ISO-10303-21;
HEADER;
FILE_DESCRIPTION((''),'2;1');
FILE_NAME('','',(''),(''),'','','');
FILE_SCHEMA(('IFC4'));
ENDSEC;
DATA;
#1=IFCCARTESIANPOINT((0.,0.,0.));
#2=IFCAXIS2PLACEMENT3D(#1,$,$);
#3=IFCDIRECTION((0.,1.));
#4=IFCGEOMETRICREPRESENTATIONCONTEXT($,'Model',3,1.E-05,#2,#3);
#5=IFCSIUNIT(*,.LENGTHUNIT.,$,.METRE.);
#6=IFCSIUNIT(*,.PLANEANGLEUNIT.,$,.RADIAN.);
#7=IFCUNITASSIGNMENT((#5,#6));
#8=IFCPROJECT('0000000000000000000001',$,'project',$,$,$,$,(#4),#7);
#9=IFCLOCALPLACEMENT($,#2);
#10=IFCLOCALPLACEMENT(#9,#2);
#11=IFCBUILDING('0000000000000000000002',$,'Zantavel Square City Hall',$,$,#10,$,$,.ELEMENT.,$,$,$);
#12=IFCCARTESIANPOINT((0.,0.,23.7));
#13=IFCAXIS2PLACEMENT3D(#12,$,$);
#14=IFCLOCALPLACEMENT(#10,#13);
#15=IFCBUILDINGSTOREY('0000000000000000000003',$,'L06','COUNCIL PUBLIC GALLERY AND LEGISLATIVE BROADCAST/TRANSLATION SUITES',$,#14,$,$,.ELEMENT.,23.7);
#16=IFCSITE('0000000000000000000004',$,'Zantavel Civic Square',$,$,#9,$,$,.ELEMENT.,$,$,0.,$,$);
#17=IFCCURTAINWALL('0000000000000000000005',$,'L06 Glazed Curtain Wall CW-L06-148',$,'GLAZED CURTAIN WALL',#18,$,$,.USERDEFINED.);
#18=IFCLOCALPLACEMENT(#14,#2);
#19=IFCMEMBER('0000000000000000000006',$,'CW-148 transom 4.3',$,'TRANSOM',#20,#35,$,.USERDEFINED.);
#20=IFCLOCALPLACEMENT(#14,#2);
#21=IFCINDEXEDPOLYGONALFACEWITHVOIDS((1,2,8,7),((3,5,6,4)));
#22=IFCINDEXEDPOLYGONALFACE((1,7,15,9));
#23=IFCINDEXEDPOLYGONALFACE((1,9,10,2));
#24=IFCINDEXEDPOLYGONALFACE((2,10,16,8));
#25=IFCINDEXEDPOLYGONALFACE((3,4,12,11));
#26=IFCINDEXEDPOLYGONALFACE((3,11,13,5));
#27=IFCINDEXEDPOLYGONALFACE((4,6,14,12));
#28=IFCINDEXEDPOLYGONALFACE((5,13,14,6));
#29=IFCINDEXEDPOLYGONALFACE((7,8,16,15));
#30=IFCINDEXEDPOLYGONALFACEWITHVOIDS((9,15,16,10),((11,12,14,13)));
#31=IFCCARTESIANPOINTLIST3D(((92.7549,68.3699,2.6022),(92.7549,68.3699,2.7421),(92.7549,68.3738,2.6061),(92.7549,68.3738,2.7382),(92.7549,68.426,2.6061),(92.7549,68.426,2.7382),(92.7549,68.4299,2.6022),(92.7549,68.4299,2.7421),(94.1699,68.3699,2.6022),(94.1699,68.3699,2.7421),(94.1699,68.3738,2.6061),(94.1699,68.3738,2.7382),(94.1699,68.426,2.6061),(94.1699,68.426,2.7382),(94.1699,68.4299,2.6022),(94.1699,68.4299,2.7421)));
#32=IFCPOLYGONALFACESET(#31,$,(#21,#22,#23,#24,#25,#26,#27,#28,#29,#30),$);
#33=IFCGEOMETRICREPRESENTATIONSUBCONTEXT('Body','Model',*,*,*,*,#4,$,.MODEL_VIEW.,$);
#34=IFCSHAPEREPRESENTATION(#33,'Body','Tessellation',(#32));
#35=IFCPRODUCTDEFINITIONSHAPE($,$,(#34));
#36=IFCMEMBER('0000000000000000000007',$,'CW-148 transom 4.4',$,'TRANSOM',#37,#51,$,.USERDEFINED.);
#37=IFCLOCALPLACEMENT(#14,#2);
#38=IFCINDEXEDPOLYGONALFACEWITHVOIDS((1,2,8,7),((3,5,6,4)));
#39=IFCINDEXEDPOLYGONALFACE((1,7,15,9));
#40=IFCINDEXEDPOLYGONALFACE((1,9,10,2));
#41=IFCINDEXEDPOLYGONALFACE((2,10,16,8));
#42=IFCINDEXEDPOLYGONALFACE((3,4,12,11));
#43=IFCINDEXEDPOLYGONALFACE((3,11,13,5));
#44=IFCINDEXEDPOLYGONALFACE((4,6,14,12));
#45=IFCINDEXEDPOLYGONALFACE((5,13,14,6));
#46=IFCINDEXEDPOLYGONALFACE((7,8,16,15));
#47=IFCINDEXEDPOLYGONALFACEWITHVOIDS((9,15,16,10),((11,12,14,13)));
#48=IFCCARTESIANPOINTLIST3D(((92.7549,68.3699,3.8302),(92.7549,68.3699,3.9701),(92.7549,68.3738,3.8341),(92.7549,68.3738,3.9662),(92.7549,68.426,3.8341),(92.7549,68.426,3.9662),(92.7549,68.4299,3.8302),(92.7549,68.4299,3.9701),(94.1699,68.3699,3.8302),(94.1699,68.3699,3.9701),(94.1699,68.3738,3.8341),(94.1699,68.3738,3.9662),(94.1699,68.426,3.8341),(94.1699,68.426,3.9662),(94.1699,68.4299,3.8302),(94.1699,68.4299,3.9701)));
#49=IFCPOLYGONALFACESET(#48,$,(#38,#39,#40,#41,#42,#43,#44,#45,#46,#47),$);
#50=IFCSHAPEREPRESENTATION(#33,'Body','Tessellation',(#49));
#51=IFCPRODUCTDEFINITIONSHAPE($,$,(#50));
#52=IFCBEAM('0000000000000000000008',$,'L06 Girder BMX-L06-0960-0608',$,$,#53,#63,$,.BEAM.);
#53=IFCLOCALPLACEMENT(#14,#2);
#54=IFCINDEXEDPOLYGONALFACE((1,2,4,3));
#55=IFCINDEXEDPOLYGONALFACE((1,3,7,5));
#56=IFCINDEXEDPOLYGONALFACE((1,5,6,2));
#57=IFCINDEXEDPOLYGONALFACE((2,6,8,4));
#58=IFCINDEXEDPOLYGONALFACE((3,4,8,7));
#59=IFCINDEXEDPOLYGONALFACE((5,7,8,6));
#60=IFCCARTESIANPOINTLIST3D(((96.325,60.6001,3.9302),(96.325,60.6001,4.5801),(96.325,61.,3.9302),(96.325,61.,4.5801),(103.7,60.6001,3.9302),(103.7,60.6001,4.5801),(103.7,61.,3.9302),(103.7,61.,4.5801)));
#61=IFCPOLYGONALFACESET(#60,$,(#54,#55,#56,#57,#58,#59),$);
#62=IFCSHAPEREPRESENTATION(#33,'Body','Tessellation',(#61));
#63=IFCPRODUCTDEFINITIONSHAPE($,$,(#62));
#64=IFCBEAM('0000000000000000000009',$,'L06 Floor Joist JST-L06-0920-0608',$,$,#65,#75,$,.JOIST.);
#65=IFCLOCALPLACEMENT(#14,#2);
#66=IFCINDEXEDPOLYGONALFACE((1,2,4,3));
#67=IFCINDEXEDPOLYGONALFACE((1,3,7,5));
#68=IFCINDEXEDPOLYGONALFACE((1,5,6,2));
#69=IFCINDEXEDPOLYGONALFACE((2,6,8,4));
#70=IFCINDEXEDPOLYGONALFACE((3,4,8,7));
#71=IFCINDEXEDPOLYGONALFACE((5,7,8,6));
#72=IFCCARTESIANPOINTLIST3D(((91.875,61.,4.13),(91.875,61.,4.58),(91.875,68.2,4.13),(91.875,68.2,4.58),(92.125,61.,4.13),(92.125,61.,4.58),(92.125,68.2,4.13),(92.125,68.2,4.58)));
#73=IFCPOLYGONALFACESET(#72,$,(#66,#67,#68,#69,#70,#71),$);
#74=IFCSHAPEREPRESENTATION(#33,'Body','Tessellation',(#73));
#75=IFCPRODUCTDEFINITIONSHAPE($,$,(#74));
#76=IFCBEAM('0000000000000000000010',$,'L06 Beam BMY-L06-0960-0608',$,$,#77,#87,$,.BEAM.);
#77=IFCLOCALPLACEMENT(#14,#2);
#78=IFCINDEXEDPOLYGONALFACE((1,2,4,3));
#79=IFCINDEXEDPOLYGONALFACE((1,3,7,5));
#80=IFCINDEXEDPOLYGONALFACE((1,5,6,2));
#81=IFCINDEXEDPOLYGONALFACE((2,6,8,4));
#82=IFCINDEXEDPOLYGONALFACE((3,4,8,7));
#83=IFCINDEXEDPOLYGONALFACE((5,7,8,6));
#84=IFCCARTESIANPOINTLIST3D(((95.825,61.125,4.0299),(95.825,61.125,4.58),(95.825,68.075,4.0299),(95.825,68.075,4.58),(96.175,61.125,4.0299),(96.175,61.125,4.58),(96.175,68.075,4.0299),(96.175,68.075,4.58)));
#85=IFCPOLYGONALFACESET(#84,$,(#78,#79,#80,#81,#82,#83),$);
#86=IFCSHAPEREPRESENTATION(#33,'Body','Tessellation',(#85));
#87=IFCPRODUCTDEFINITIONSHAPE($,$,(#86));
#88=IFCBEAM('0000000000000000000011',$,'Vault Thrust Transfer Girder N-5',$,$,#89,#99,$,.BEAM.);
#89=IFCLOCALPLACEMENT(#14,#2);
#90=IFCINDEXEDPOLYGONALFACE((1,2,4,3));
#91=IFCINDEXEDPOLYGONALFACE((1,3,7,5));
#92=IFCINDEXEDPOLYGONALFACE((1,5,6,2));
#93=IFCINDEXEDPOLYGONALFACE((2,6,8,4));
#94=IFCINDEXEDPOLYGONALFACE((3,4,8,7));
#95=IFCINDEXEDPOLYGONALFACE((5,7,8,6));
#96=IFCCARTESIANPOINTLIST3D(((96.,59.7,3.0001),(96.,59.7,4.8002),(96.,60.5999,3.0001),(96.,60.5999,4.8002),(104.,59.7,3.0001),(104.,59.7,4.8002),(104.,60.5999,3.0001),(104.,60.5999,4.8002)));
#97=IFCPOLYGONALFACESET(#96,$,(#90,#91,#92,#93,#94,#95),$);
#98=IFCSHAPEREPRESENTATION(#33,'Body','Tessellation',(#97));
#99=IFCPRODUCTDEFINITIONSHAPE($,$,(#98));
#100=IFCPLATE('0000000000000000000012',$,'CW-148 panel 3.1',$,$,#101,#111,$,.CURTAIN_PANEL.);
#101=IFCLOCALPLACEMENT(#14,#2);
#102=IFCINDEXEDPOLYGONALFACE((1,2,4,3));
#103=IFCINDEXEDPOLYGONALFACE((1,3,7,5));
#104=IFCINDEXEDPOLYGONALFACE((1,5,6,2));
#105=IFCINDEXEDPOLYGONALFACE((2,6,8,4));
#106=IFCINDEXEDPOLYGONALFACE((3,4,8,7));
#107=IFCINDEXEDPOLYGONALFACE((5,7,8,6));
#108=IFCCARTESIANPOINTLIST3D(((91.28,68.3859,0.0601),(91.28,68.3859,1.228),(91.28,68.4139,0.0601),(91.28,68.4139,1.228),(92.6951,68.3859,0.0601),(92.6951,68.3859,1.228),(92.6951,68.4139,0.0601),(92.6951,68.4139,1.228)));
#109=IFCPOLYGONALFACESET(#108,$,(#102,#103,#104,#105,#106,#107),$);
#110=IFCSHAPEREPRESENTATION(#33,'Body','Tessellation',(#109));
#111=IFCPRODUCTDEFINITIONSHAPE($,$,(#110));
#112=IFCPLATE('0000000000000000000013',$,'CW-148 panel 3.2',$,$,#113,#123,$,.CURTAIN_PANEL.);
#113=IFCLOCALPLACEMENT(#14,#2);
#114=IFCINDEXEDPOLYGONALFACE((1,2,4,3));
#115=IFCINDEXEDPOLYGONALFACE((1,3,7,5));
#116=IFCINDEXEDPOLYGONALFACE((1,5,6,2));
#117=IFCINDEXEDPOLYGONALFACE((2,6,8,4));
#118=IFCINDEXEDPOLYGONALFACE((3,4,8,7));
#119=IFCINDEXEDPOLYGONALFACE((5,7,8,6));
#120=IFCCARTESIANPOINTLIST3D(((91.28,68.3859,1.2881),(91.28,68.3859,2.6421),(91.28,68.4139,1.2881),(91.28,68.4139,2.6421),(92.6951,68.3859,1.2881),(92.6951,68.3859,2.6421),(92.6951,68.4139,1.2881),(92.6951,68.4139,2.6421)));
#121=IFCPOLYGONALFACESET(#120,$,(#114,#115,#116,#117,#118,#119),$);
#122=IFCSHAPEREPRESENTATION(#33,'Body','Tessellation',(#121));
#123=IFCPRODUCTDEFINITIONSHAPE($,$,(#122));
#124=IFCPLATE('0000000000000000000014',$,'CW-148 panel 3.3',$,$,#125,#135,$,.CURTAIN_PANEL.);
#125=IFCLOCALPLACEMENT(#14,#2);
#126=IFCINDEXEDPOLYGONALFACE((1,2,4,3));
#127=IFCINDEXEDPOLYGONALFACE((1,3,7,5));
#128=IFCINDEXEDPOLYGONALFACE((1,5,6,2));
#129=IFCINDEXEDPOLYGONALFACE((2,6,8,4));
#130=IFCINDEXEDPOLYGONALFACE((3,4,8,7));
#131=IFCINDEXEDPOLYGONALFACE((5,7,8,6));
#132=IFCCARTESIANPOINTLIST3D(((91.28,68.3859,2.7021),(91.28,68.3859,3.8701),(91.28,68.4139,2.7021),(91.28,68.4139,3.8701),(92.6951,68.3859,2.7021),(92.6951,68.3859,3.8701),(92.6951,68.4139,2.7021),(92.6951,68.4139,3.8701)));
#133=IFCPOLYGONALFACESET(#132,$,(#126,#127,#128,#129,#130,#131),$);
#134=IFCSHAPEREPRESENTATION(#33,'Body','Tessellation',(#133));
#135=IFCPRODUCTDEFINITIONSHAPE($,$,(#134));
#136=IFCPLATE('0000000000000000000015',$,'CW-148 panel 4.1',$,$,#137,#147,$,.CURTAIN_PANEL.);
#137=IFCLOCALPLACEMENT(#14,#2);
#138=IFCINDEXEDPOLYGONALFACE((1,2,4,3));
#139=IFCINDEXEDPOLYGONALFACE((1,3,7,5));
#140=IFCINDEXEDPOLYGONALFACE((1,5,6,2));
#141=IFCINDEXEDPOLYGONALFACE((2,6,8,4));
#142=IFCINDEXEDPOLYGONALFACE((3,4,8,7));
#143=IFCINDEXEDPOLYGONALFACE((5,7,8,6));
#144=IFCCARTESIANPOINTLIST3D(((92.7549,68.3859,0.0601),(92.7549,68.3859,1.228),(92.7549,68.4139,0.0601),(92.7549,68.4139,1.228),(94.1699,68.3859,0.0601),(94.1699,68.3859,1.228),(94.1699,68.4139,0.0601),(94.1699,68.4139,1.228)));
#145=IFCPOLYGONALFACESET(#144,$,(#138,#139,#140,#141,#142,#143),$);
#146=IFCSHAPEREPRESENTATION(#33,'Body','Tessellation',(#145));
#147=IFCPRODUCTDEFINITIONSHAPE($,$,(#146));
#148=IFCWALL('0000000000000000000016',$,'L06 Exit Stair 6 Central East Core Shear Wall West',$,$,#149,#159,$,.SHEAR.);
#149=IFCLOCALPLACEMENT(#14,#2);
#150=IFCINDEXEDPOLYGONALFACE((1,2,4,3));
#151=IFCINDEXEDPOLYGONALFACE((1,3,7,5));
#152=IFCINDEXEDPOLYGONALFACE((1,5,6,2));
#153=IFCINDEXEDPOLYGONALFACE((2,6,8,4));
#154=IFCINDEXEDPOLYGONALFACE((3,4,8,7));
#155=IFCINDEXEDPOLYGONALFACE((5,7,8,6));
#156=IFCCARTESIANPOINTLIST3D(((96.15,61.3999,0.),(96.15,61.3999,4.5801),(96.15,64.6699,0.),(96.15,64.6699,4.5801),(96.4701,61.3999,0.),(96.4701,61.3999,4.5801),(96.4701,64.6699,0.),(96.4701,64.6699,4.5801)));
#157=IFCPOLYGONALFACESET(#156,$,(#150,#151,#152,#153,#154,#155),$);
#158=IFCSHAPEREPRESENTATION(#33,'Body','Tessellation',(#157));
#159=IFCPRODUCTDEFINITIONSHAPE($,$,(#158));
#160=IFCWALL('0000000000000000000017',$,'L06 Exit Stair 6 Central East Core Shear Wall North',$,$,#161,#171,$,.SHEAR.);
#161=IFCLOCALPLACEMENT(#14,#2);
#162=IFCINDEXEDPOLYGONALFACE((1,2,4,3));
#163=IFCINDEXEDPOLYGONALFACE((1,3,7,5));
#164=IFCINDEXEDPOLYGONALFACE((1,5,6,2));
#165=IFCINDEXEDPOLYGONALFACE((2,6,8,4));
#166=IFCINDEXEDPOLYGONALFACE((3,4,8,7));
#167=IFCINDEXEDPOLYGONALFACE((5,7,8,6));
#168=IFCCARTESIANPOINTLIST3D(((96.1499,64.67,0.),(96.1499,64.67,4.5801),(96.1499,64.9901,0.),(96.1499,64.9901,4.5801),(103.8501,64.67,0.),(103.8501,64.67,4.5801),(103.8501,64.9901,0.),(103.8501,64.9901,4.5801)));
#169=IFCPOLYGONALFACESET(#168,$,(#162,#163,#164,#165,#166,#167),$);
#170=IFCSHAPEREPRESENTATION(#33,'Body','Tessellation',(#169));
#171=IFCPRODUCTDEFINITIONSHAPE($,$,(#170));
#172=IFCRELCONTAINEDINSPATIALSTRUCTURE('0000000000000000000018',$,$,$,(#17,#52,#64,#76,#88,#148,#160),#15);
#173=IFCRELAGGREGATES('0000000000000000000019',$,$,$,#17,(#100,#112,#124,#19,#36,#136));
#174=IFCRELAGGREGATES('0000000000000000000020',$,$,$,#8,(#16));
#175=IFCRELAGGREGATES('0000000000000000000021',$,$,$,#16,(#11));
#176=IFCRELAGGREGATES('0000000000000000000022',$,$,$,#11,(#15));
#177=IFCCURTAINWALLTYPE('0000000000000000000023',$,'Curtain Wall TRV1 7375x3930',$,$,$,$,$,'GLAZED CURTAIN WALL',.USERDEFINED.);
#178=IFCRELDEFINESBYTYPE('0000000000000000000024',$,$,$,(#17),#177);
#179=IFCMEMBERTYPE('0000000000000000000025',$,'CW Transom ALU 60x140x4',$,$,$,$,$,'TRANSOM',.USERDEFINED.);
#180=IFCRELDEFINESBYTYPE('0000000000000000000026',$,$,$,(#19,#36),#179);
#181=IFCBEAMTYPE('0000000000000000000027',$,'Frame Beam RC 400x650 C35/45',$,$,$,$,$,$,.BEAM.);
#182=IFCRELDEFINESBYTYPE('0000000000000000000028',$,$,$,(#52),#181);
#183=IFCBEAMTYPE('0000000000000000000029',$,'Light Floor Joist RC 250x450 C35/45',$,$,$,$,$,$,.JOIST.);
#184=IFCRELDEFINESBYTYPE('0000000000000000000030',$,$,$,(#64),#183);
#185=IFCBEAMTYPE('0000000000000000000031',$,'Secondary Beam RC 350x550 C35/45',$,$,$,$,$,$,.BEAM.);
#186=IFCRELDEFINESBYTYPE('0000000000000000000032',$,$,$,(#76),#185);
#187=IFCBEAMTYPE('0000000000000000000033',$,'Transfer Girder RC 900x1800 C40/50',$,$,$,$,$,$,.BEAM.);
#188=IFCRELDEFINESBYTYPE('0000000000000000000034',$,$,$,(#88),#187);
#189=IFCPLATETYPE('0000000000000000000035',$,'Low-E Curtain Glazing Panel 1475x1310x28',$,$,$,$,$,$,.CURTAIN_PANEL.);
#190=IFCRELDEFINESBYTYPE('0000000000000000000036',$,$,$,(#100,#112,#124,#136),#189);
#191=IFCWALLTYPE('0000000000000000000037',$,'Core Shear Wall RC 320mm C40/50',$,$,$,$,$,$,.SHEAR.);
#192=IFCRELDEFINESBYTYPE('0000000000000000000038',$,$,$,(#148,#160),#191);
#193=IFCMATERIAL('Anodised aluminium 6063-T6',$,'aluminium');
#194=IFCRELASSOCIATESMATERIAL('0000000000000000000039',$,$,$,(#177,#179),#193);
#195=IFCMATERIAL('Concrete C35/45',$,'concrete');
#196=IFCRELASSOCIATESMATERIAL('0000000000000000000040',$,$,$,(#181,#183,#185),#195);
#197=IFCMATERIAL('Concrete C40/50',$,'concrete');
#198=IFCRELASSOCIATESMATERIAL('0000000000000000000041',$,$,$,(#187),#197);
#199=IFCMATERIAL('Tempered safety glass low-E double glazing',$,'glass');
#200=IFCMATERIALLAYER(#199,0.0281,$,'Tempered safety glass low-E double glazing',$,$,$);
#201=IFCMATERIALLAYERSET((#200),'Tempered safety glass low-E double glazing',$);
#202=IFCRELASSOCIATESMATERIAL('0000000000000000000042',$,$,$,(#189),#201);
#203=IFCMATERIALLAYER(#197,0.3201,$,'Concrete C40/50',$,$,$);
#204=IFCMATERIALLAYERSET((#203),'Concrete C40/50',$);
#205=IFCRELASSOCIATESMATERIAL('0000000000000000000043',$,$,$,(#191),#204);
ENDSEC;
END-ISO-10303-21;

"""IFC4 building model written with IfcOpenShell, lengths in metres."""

from ifc_helpers import new_model, si_unit, direction, frame, frame_2d, origin, origin_2d, place, context, subcontext, project, spatial, rectangle, hollow_rectangle, extrude, material, layer, layer_set, material_profile, profile_set, type_object, element, aggregate, save


model = new_model("IFC4")

# Units and contexts
model_context = context("Model", 3, precision=1e-05, world=origin(), true_north=direction((0.0, 1.0)))
body_context = subcontext(model_context, "Body", "Model", "MODEL_VIEW")
ifc_project = project(units=[si_unit("LENGTHUNIT", "METRE"), si_unit("PLANEANGLEUNIT", "RADIAN")], contexts=[model_context])

# Site, building, storey
site_placement = place(None, origin())
site = spatial("IfcSite", under=ifc_project, at=site_placement, Name="Zantavel Civic Square", CompositionType="ELEMENT", RefElevation=0.0)
building_placement = place(site_placement, origin())
building = spatial("IfcBuilding", under=site, at=building_placement, Name="Zantavel Square City Hall", CompositionType="ELEMENT")
storey_placement = place(building_placement, frame((0.0, 0.0, 23.7)))
storey = spatial("IfcBuildingStorey", under=building, at=storey_placement, Name="L06", Description="COUNCIL PUBLIC GALLERY AND LEGISLATIVE BROADCAST/TRANSLATION SUITES", CompositionType="ELEMENT", Elevation=23.7)

# Shared definitions
ifc_material_1 = material(Name="Concrete C40/50", Category="concrete")

# Curtain wall, members
ifc_material_2 = material(Name="Anodised aluminium 6063-T6", Category="aluminium")
curtain_wall_type = type_object("IfcCurtainWallType", Name="Curtain Wall TRV1 7375x3930", ElementType="GLAZED CURTAIN WALL", PredefinedType="USERDEFINED", material=ifc_material_2)
curtain_wall_placement = place(storey_placement, origin())
curtain_wall = element("IfcCurtainWall", 1, at=curtain_wall_placement, inside=storey, type_object=curtain_wall_type, Name="L06 Glazed Curtain Wall CW-L06-148", ObjectType="GLAZED CURTAIN WALL", PredefinedType="USERDEFINED")
ifc_material_profile_1 = material_profile(ifc_material_2, hollow_rectangle(XDim=0.0601, YDim=0.1399, WallThickness=0.0039, at=origin_2d()), Name="ALU 60x140x4")
ifc_profile_set_1 = profile_set([ifc_material_profile_1], Name="Anodised aluminium 6063-T6")
member_type_1 = type_object("IfcMemberType", Name="CW Transom ALU 60x140x4", ElementType="TRANSOM", PredefinedType="USERDEFINED", material=ifc_profile_set_1)
member_1_placement = place(storey_placement, frame((92.7549, 68.3999, 2.6721), z_axis=(1.0, 0.0, 0.0), x_axis=(0.0, 1.0, 0.0)))
member_1 = element("IfcMember", 2, at=member_1_placement, type_object=member_type_1, Name="CW-148 transom 4.3", ObjectType="TRANSOM", PredefinedType="USERDEFINED", context=body_context, shape_type="SweptSolid", body=[
    extrude(hollow_rectangle(XDim=0.0601, YDim=0.1399, WallThickness=0.0039, at=origin_2d()), origin(), (0.0, 0.0, 1.0), 1.415),
])
member_2_placement = place(storey_placement, frame((92.7549, 68.3999, 3.9001), z_axis=(1.0, 0.0, 0.0), x_axis=(0.0, 1.0, 0.0)))
member_2 = element("IfcMember", 3, at=member_2_placement, type_object=member_type_1, Name="CW-148 transom 4.4", ObjectType="TRANSOM", PredefinedType="USERDEFINED", context=body_context, shape_type="SweptSolid", body=[
    extrude(hollow_rectangle(XDim=0.0601, YDim=0.1399, WallThickness=0.0039, at=origin_2d()), origin(), (0.0, 0.0, 1.0), 1.415),
])

# Beams
ifc_material_3 = material(Name="Concrete C35/45", Category="concrete")
ifc_material_profile_2 = material_profile(ifc_material_3, rectangle(XDim=0.3999, YDim=0.6499, at=origin_2d()), Name="RC 400x650")
ifc_profile_set_2 = profile_set([ifc_material_profile_2], Name="Concrete C35/45")
beam_type_1 = type_object("IfcBeamType", Name="Frame Beam RC 400x650 C35/45", PredefinedType="BEAM", material=ifc_profile_set_2)
beam_1_placement = place(storey_placement, frame((96.325, 60.8, 4.2551), z_axis=(1.0, 0.0, 0.0), x_axis=(0.0, 1.0, 0.0)))
element("IfcBeam", 4, at=beam_1_placement, inside=storey, type_object=beam_type_1, Name="L06 Girder BMX-L06-0960-0608", PredefinedType="BEAM", context=body_context, shape_type="SweptSolid", body=[
    extrude(rectangle(XDim=0.3999, YDim=0.6499, at=origin_2d()), origin(), (0.0, 0.0, 1.0), 7.375),
])
ifc_material_profile_3 = material_profile(ifc_material_3, rectangle(XDim=0.25, YDim=0.45, at=origin_2d()), Name="RC 250x450")
ifc_profile_set_3 = profile_set([ifc_material_profile_3], Name="Concrete C35/45")
beam_type_2 = type_object("IfcBeamType", Name="Light Floor Joist RC 250x450 C35/45", PredefinedType="JOIST", material=ifc_profile_set_3)
beam_2_placement = place(storey_placement, frame((92.0, 61.0, 4.355), z_axis=(0.0, 1.0, 0.0), x_axis=(-1.0, 0.0, 0.0)))
element("IfcBeam", 5, at=beam_2_placement, inside=storey, type_object=beam_type_2, Name="L06 Floor Joist JST-L06-0920-0608", PredefinedType="JOIST", context=body_context, shape_type="SweptSolid", body=[
    extrude(rectangle(XDim=0.25, YDim=0.45, at=origin_2d()), origin(), (0.0, 0.0, 1.0), 7.2),
])
ifc_material_profile_4 = material_profile(ifc_material_3, rectangle(XDim=0.3501, YDim=0.55, at=origin_2d()), Name="RC 350x550")
ifc_profile_set_4 = profile_set([ifc_material_profile_4], Name="Concrete C35/45")
beam_type_3 = type_object("IfcBeamType", Name="Secondary Beam RC 350x550 C35/45", PredefinedType="BEAM", material=ifc_profile_set_4)
beam_3_placement = place(storey_placement, frame((96.0, 61.125, 4.3049), z_axis=(0.0, 1.0, 0.0), x_axis=(-1.0, 0.0, 0.0)))
element("IfcBeam", 6, at=beam_3_placement, inside=storey, type_object=beam_type_3, Name="L06 Beam BMY-L06-0960-0608", PredefinedType="BEAM", context=body_context, shape_type="SweptSolid", body=[
    extrude(rectangle(XDim=0.3501, YDim=0.55, at=origin_2d()), origin(), (0.0, 0.0, 1.0), 6.95),
])
ifc_material_profile_5 = material_profile(ifc_material_1, rectangle(XDim=0.8999, YDim=1.8, at=origin_2d()), Name="RC 900x1800")
ifc_profile_set_5 = profile_set([ifc_material_profile_5], Name="Concrete C40/50")
beam_type_4 = type_object("IfcBeamType", Name="Transfer Girder RC 900x1800 C40/50", PredefinedType="BEAM", material=ifc_profile_set_5)
beam_4_placement = place(storey_placement, frame((96.0, 60.1499, 3.9001), z_axis=(1.0, 0.0, 0.0), x_axis=(0.0, 1.0, 0.0)))
element("IfcBeam", 7, at=beam_4_placement, inside=storey, type_object=beam_type_4, Name="Vault Thrust Transfer Girder N-5", PredefinedType="BEAM", context=body_context, shape_type="SweptSolid", body=[
    extrude(rectangle(XDim=0.8999, YDim=1.8, at=origin_2d()), origin(), (0.0, 0.0, 1.0), 8.0),
])

# Plates
ifc_material_4 = material(Name="Tempered safety glass low-E double glazing", Category="glass")
ifc_layer_1 = layer(ifc_material_4, 0.0281, Name="Tempered safety glass low-E double glazing")
ifc_layer_set_1 = layer_set([ifc_layer_1], Name="Tempered safety glass low-E double glazing")
plate_type = type_object("IfcPlateType", Name="Low-E Curtain Glazing Panel 1475x1310x28", PredefinedType="CURTAIN_PANEL", material=ifc_layer_set_1)
plate_1_placement = place(storey_placement, frame((91.9875, 68.3999, 0.0601), z_axis=(0.0, 0.0, 1.0), x_axis=(1.0, 0.0, 0.0)))
plate_1 = element("IfcPlate", 8, at=plate_1_placement, type_object=plate_type, Name="CW-148 panel 3.1", PredefinedType="CURTAIN_PANEL", context=body_context, shape_type="SweptSolid", body=[
    extrude(rectangle(XDim=1.415, YDim=0.0281, at=origin_2d()), origin(), (0.0, 0.0, 1.0), 1.168),
])
plate_2_placement = place(storey_placement, frame((91.9875, 68.3999, 1.2881), z_axis=(0.0, 0.0, 1.0), x_axis=(1.0, 0.0, 0.0)))
plate_2 = element("IfcPlate", 9, at=plate_2_placement, type_object=plate_type, Name="CW-148 panel 3.2", PredefinedType="CURTAIN_PANEL", context=body_context, shape_type="SweptSolid", body=[
    extrude(rectangle(XDim=1.415, YDim=0.0281, at=origin_2d()), origin(), (0.0, 0.0, 1.0), 1.354),
])
plate_3_placement = place(storey_placement, frame((91.9875, 68.3999, 2.7021), z_axis=(0.0, 0.0, 1.0), x_axis=(1.0, 0.0, 0.0)))
plate_3 = element("IfcPlate", 10, at=plate_3_placement, type_object=plate_type, Name="CW-148 panel 3.3", PredefinedType="CURTAIN_PANEL", context=body_context, shape_type="SweptSolid", body=[
    extrude(rectangle(XDim=1.415, YDim=0.0281, at=origin_2d()), origin(), (0.0, 0.0, 1.0), 1.168),
])
plate_4_placement = place(storey_placement, frame((93.4624, 68.3999, 0.0601), z_axis=(0.0, 0.0, 1.0), x_axis=(1.0, 0.0, 0.0)))
plate_4 = element("IfcPlate", 11, at=plate_4_placement, type_object=plate_type, Name="CW-148 panel 4.1", PredefinedType="CURTAIN_PANEL", context=body_context, shape_type="SweptSolid", body=[
    extrude(rectangle(XDim=1.415, YDim=0.0281, at=origin_2d()), origin(), (0.0, 0.0, 1.0), 1.168),
])
aggregate(curtain_wall, [plate_1, plate_2, plate_3, member_1, member_2, plate_4])

# Walls
ifc_layer_2 = layer(ifc_material_1, 0.3201, Name="Concrete C40/50")
ifc_layer_set_2 = layer_set([ifc_layer_2], Name="Concrete C40/50")
wall_type_1 = type_object("IfcWallType", Name="Core Shear Wall RC 320mm C40/50", PredefinedType="SHEAR", material=ifc_layer_set_2)
wall_1_placement = place(storey_placement, frame((96.3101, 61.3999, 0.0), z_axis=(0.0, 0.0, 1.0), x_axis=(0.0, 1.0, 0.0)))
element("IfcWall", 12, at=wall_1_placement, inside=storey, type_object=wall_type_1, Name="L06 Exit Stair 6 Central East Core Shear Wall West", PredefinedType="SHEAR", context=body_context, shape_type="SweptSolid", body=[
    extrude(rectangle(XDim=3.27, YDim=0.3201, at=frame_2d((1.635, 0.0))), origin(), (0.0, 0.0, 1.0), 4.5801),
])
wall_2_placement = place(storey_placement, frame((96.1499, 64.8301, 0.0), z_axis=(0.0, 0.0, 1.0), x_axis=(1.0, 0.0, 0.0)))
element("IfcWall", 13, at=wall_2_placement, inside=storey, type_object=wall_type_1, Name="L06 Exit Stair 6 Central East Core Shear Wall North", PredefinedType="SHEAR", context=body_context, shape_type="SweptSolid", body=[
    extrude(rectangle(XDim=7.7002, YDim=0.3201, at=frame_2d((3.8501, 0.0))), origin(), (0.0, 0.0, 1.0), 4.5801),
])

save(model, "model.ifc")
